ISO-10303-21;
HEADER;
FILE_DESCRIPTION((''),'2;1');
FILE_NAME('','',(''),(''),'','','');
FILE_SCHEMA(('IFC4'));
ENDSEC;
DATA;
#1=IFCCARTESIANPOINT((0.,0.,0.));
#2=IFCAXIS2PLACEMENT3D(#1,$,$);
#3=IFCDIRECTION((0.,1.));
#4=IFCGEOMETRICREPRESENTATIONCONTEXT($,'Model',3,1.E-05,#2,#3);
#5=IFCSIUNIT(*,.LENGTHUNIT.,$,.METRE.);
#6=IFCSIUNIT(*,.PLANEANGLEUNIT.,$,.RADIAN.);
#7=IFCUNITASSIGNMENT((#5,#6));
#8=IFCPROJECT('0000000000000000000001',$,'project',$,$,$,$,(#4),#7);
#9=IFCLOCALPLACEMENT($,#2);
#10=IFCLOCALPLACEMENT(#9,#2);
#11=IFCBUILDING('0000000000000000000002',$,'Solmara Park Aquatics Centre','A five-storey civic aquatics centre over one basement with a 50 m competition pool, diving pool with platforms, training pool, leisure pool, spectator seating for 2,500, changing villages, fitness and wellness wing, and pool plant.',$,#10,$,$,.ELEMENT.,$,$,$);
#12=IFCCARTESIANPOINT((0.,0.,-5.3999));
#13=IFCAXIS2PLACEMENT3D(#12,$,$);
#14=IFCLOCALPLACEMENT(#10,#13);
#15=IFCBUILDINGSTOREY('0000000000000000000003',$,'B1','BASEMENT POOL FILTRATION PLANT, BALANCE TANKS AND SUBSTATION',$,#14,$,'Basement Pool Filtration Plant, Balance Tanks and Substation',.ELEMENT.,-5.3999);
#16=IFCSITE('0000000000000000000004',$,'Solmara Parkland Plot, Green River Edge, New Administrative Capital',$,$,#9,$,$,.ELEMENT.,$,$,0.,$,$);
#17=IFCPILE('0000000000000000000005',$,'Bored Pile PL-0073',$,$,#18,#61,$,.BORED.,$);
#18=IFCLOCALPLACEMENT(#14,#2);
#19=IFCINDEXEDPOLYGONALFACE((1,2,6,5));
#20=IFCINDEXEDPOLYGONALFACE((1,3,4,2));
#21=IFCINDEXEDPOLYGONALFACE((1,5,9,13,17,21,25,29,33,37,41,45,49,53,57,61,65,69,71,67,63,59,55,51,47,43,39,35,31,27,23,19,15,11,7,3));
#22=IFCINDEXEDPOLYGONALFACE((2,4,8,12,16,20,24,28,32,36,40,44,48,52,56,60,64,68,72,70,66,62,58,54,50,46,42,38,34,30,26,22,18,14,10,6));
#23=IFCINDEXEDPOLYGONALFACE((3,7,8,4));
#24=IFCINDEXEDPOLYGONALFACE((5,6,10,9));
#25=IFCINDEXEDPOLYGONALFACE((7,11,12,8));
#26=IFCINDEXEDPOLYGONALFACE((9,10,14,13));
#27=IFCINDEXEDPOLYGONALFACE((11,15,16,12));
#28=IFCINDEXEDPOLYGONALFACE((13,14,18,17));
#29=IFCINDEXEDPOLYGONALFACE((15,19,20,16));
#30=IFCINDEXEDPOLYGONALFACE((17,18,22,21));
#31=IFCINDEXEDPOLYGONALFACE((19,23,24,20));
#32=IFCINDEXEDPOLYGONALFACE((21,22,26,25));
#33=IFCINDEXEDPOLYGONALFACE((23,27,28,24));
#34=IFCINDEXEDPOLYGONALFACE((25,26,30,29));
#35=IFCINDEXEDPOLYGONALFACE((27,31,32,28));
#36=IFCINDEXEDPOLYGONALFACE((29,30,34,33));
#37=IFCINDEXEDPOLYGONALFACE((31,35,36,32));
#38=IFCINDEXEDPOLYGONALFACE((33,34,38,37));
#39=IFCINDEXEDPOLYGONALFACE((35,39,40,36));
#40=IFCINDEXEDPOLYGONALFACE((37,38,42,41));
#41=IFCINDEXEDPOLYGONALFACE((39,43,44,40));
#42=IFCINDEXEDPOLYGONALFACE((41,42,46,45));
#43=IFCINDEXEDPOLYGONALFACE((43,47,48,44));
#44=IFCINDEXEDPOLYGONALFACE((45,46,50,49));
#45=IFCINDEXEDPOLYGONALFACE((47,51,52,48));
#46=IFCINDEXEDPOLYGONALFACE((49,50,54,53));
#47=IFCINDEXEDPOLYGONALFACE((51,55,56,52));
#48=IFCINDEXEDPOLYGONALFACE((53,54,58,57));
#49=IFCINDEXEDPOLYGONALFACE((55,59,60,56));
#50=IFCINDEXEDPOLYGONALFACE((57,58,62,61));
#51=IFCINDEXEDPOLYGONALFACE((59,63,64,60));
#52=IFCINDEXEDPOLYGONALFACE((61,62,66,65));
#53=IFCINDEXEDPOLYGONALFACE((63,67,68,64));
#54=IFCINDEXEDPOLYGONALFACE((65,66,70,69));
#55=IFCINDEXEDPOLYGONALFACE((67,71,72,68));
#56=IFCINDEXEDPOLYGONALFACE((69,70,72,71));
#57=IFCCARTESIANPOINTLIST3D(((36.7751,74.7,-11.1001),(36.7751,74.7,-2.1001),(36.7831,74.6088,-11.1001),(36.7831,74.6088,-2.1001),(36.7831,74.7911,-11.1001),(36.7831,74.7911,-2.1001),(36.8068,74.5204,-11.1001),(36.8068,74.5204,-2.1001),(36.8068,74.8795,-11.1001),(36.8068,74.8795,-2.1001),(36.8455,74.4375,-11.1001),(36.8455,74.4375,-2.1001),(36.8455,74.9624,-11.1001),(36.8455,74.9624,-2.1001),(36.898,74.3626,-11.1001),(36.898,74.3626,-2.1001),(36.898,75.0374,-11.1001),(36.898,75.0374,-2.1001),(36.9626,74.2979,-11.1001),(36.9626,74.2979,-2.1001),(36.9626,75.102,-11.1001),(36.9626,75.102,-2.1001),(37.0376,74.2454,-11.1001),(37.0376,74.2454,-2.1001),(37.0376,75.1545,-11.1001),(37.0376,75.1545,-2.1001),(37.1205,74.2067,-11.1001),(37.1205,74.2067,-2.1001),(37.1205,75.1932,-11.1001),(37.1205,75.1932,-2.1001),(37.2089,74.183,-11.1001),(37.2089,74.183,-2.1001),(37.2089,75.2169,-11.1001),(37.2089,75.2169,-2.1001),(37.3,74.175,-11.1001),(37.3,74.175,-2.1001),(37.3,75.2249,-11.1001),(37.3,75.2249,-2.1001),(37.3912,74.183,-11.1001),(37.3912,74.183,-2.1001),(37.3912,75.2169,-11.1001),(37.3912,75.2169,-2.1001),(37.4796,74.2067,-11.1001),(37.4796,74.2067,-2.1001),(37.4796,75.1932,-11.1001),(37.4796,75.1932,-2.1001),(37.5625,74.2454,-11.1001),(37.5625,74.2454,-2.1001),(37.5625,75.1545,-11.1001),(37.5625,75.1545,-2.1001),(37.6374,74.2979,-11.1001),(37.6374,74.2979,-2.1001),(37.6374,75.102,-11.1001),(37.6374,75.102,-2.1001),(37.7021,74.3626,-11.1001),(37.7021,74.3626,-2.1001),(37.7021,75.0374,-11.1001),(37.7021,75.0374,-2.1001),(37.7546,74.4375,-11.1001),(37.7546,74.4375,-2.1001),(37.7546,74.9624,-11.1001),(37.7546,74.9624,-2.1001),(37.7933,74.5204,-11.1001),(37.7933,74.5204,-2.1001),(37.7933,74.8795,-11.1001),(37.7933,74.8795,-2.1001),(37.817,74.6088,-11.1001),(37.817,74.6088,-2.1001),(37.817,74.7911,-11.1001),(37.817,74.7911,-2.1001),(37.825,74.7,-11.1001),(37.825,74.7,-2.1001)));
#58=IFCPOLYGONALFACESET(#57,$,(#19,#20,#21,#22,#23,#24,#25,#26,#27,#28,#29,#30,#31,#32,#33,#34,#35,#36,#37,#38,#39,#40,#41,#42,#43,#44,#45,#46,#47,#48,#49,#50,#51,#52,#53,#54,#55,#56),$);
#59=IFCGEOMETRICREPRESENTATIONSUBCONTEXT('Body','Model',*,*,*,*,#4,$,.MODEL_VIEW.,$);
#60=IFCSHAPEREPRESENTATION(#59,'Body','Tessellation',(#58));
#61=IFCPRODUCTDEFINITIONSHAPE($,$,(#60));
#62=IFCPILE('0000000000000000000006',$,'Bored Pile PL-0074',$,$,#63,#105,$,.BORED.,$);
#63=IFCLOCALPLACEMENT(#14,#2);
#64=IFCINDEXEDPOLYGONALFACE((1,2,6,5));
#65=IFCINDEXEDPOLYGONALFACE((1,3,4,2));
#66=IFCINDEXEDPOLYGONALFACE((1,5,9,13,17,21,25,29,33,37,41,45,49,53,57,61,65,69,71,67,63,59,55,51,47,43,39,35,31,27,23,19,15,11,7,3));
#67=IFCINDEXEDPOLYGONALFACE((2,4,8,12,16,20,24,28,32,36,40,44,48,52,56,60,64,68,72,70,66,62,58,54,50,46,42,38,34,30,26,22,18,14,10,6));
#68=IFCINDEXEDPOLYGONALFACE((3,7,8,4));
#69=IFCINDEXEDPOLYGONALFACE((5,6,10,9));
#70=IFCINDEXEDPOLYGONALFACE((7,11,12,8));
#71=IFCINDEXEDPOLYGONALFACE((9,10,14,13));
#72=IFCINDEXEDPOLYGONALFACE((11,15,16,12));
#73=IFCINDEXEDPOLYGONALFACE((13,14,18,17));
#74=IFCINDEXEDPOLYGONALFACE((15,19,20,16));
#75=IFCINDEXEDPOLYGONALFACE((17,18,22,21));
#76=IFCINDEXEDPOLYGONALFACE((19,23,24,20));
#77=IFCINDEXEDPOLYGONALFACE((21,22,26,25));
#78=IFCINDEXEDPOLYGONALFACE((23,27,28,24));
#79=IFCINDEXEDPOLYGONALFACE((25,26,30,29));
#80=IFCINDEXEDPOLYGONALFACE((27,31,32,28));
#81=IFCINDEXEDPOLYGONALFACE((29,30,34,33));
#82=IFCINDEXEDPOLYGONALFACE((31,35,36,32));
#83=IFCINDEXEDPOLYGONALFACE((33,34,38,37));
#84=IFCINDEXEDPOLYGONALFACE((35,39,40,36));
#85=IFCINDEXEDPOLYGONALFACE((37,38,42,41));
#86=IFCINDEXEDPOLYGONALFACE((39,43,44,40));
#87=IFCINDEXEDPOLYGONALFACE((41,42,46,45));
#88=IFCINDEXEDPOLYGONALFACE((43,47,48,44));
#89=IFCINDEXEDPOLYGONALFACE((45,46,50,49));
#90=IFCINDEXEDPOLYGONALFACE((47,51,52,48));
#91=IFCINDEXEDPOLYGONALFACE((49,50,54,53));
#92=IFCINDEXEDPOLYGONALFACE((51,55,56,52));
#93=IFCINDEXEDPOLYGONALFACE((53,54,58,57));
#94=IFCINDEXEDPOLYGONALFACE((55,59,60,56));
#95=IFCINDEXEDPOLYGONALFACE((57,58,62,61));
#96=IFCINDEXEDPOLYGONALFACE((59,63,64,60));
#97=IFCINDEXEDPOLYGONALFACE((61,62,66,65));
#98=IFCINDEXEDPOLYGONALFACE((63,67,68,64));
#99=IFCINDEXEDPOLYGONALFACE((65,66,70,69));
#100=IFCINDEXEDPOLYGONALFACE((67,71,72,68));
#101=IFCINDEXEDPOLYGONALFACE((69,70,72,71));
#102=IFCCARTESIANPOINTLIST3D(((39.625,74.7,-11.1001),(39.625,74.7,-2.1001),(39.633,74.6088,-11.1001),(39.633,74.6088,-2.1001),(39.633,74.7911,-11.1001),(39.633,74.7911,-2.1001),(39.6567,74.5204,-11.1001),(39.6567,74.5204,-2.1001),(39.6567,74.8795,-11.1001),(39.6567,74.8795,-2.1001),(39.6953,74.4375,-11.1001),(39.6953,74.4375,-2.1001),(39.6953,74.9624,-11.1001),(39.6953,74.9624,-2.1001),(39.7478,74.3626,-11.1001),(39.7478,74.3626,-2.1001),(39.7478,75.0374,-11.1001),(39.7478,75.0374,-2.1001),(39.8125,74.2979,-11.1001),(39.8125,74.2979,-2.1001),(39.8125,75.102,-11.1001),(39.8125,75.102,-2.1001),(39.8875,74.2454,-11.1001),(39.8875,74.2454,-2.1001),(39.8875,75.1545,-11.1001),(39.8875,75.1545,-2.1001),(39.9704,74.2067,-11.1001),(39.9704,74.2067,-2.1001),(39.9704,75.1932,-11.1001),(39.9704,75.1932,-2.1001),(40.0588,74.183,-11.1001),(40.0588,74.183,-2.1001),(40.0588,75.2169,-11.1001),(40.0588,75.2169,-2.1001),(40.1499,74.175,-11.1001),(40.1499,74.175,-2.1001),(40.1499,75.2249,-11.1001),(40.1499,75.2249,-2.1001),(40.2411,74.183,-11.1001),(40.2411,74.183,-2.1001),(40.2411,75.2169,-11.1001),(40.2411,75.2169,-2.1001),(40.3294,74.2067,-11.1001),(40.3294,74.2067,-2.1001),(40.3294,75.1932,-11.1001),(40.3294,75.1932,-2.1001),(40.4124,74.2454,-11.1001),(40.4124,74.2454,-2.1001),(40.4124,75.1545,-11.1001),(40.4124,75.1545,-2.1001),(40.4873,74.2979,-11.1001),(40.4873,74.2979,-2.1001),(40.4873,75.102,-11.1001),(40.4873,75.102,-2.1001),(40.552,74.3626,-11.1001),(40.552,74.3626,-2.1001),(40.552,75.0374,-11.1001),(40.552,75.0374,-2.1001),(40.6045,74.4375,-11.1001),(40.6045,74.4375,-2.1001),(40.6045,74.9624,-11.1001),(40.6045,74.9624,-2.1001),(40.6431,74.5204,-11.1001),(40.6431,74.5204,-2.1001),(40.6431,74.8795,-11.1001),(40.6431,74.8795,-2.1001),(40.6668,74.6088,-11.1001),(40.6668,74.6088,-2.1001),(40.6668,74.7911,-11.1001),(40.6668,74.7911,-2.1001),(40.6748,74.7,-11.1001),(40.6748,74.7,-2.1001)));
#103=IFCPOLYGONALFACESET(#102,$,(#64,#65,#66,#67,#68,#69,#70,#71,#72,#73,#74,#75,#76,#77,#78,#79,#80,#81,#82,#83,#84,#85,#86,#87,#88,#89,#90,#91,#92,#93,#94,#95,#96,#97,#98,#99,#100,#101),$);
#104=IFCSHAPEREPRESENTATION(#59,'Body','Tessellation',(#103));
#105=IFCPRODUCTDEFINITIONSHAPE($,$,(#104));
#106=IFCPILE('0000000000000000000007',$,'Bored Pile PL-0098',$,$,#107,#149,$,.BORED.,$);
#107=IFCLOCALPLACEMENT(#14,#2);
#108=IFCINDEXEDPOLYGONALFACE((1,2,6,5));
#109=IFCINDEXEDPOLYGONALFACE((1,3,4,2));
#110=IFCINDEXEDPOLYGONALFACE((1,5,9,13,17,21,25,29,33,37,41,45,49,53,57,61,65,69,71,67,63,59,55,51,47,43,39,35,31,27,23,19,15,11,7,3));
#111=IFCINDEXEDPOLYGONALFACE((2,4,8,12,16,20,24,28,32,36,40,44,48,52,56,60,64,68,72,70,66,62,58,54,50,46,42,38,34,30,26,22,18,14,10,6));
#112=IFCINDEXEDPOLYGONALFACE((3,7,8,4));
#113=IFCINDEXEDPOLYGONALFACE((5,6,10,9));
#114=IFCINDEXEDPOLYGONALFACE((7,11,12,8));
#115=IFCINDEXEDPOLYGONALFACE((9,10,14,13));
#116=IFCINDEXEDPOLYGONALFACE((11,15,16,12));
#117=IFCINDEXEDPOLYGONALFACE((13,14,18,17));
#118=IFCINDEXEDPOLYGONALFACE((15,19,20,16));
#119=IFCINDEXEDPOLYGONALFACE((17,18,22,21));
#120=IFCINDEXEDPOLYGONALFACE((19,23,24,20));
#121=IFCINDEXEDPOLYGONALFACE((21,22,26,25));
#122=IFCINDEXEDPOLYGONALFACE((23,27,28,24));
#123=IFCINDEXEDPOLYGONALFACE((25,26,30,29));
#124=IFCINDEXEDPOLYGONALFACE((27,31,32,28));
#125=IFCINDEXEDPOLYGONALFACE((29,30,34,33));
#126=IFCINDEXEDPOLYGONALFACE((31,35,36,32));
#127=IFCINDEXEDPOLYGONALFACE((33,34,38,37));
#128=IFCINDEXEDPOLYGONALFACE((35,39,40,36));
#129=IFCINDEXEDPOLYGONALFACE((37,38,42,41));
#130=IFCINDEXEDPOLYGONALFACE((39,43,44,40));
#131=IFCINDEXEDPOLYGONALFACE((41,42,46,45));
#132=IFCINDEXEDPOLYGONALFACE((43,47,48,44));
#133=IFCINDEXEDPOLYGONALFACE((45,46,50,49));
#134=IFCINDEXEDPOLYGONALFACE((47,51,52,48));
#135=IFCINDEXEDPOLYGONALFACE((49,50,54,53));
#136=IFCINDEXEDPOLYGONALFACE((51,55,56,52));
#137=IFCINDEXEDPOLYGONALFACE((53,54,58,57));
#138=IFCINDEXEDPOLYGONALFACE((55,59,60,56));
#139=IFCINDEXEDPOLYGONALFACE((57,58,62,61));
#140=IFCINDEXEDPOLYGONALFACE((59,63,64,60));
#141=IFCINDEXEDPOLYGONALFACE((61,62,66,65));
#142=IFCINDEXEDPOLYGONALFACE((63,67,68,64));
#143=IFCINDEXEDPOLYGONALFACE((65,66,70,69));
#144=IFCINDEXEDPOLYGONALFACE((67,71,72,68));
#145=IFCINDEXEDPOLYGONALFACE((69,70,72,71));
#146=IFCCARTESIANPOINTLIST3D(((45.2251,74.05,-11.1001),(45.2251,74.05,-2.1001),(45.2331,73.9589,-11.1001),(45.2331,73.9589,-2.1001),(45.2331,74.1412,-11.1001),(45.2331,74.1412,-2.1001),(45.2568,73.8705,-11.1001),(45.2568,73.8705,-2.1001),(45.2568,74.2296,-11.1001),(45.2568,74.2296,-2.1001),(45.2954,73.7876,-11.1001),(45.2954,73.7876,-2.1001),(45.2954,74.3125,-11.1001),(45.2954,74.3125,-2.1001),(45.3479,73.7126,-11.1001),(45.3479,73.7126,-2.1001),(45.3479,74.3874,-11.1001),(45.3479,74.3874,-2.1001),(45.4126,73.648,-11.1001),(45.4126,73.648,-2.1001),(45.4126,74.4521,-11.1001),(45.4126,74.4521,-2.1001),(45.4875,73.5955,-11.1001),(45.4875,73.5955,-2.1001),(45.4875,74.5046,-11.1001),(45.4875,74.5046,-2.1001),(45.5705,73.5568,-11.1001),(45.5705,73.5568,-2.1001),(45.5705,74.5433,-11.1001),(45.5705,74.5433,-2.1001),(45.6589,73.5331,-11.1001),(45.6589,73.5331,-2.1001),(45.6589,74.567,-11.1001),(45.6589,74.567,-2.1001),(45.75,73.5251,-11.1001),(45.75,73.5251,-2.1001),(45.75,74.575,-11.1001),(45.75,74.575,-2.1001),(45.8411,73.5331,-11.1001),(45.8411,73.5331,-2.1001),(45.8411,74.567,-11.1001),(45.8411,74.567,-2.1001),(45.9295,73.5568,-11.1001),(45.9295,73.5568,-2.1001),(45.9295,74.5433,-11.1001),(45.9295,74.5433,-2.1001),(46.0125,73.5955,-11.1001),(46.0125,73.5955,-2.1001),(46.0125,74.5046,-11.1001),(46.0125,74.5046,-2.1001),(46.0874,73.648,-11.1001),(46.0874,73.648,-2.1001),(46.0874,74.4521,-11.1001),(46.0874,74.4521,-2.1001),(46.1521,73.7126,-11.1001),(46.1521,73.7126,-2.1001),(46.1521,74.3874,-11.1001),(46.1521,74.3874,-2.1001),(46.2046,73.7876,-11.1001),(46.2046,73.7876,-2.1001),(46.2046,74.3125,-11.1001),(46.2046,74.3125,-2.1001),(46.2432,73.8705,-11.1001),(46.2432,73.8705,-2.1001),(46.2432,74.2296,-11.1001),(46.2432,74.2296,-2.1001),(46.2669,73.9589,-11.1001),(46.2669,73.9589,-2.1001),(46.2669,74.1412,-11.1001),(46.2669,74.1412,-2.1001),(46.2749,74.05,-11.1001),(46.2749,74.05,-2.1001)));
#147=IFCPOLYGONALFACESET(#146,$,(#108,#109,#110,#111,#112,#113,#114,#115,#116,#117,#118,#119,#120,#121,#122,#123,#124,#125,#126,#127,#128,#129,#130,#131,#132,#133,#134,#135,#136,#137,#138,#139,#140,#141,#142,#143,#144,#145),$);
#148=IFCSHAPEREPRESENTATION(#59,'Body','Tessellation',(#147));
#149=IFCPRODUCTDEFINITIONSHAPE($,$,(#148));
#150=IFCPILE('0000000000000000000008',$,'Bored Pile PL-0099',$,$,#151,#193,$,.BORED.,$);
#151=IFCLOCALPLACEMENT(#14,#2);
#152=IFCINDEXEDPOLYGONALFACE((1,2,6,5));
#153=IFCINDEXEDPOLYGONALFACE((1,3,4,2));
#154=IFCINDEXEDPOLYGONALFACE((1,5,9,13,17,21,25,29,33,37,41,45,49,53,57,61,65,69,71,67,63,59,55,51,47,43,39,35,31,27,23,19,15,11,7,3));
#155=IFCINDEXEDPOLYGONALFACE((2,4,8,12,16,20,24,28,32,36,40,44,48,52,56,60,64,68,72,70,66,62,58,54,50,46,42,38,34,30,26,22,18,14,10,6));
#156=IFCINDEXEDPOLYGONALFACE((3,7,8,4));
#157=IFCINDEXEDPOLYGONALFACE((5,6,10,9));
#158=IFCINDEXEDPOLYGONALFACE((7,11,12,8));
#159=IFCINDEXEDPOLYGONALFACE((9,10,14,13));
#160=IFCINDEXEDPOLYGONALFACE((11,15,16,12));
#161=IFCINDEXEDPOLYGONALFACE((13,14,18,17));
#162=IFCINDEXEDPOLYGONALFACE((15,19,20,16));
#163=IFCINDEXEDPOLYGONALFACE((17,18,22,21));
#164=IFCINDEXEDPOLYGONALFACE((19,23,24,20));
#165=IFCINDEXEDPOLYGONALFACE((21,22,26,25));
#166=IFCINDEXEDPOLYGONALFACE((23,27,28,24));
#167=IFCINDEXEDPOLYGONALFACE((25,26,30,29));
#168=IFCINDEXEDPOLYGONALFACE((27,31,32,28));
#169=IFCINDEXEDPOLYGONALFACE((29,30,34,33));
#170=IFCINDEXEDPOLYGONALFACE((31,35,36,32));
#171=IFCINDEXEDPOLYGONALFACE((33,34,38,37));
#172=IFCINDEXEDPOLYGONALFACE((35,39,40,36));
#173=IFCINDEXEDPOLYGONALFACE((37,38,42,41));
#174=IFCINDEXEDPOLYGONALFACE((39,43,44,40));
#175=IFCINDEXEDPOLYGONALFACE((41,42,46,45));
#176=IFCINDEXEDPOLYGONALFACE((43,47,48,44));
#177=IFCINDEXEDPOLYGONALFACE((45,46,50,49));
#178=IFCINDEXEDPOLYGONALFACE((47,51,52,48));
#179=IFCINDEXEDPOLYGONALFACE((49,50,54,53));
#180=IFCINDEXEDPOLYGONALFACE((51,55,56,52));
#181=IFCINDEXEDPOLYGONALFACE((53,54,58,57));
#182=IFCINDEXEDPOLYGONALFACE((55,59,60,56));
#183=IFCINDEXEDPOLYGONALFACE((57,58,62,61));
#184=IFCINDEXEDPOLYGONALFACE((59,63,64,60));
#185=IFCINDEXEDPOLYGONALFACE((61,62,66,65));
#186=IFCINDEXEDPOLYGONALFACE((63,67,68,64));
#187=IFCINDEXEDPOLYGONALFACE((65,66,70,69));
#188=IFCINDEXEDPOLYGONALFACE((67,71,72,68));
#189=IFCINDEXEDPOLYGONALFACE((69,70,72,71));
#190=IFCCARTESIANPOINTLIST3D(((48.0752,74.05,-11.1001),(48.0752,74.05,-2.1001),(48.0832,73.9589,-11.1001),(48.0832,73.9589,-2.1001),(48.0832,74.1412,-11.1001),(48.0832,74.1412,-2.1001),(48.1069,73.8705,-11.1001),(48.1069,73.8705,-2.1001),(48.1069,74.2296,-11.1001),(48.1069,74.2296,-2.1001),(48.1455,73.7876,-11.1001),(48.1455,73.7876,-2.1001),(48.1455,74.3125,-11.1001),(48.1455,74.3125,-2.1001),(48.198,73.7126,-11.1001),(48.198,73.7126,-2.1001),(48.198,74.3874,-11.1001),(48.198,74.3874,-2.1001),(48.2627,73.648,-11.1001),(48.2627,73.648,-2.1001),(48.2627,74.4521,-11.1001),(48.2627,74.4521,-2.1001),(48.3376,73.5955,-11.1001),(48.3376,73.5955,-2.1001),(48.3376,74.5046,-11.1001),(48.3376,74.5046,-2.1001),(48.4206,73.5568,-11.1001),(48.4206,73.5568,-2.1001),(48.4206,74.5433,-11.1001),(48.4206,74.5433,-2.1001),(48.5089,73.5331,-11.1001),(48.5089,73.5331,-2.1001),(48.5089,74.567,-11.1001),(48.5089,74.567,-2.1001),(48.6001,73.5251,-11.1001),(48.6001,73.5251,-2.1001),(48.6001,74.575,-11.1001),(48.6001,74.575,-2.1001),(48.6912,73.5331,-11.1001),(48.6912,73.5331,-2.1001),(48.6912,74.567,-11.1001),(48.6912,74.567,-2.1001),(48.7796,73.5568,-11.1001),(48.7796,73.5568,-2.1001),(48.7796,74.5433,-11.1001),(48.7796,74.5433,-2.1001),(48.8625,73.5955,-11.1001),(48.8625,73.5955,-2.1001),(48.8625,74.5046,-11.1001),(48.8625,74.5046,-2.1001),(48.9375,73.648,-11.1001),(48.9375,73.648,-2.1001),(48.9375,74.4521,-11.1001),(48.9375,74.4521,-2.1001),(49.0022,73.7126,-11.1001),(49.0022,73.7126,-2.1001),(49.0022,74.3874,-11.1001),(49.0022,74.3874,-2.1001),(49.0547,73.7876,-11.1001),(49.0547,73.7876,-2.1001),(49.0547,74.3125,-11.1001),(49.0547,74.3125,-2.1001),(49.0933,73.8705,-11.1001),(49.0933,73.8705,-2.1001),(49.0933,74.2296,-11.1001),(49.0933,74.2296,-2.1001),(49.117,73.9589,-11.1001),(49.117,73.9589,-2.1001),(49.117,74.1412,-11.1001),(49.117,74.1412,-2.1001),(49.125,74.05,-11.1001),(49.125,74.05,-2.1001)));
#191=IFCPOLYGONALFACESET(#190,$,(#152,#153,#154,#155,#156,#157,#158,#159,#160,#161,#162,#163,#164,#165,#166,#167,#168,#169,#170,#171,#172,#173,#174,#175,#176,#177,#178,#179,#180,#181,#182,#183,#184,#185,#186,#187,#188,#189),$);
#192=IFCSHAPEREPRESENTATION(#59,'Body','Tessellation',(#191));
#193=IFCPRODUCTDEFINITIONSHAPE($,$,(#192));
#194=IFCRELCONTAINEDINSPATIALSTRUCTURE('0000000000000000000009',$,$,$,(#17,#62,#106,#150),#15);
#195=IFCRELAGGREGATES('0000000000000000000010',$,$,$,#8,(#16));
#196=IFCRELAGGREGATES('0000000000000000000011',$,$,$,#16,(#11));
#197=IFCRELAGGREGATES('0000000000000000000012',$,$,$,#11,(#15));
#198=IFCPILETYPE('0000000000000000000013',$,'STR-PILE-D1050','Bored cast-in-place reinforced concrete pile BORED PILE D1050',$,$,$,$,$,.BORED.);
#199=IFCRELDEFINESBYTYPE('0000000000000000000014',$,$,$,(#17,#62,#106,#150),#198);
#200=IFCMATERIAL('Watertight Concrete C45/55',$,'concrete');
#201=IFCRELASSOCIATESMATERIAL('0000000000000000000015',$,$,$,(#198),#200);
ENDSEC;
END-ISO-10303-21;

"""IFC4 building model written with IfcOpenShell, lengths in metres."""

from ifc_helpers import new_model, si_unit, direction, frame, origin, origin_2d, place, context, subcontext, project, spatial, circle, extrude, material, material_profile, profile_set, type_object, element, save


model = new_model("IFC4")

# Units and contexts
model_context = context("Model", 3, precision=1e-05, world=origin(), true_north=direction((0.0, 1.0)))
body_context = subcontext(model_context, "Body", "Model", "MODEL_VIEW")
ifc_project = project(units=[si_unit("LENGTHUNIT", "METRE"), si_unit("PLANEANGLEUNIT", "RADIAN")], contexts=[model_context])

# Site, building, storey
site_placement = place(None, origin())
site = spatial("IfcSite", under=ifc_project, at=site_placement, Name="Solmara Parkland Plot, Green River Edge, New Administrative Capital", CompositionType="ELEMENT", RefElevation=0.0)
building_placement = place(site_placement, origin())
building = spatial("IfcBuilding", under=site, at=building_placement, Name="Solmara Park Aquatics Centre", Description="A five-storey civic aquatics centre over one basement with a 50 m competition pool, diving pool with platforms, training pool, leisure pool, spectator seating for 2,500, changing villages, fitness and wellness wing, and pool plant.", CompositionType="ELEMENT")
storey_placement = place(building_placement, frame((0.0, 0.0, -5.3999)))
storey = spatial("IfcBuildingStorey", under=building, at=storey_placement, Name="B1", Description="BASEMENT POOL FILTRATION PLANT, BALANCE TANKS AND SUBSTATION", LongName="Basement Pool Filtration Plant, Balance Tanks and Substation", CompositionType="ELEMENT", Elevation=-5.3999)

# Shared definitions
ifc_material_1 = material(Name="Watertight Concrete C45/55", Category="concrete")

# Piles
ifc_material_profile_1 = material_profile(ifc_material_1, circle(Radius=0.5249, at=origin_2d()), Name="BORED PILE D1050")
ifc_profile_set_1 = profile_set([ifc_material_profile_1], Name="Watertight Concrete C45/55")
pile_type_1 = type_object("IfcPileType", Name="STR-PILE-D1050", Description="Bored cast-in-place reinforced concrete pile BORED PILE D1050", PredefinedType="BORED", material=ifc_profile_set_1)
for number, where, z_axis, x_axis, name in (
    (1, (37.3, 74.7, -2.1001), (0.0, 0.0, -1.0), (1.0, 0.0, 0.0), "Bored Pile PL-0073"),
    (2, (40.1499, 74.7, -2.1001), (0.0, 0.0, -1.0), (1.0, 0.0, 0.0), "Bored Pile PL-0074"),
    (3, (45.75, 74.05, -2.1001), (0.0, 0.0, -1.0), (1.0, 0.0, 0.0), "Bored Pile PL-0098"),
    (4, (48.6001, 74.05, -2.1001), (0.0, 0.0, -1.0), (1.0, 0.0, 0.0), "Bored Pile PL-0099"),
):
    element("IfcPile", number, at=place(storey_placement, frame(where, z_axis=z_axis, x_axis=x_axis)), inside=storey, type_object=pile_type_1, Name=name, PredefinedType="BORED", context=body_context, shape_type="SweptSolid", body=[
        extrude(circle(Radius=0.5249, at=origin_2d()), origin(), (0.0, 0.0, 1.0), 9.0),
    ])

save(model, "model.ifc")
